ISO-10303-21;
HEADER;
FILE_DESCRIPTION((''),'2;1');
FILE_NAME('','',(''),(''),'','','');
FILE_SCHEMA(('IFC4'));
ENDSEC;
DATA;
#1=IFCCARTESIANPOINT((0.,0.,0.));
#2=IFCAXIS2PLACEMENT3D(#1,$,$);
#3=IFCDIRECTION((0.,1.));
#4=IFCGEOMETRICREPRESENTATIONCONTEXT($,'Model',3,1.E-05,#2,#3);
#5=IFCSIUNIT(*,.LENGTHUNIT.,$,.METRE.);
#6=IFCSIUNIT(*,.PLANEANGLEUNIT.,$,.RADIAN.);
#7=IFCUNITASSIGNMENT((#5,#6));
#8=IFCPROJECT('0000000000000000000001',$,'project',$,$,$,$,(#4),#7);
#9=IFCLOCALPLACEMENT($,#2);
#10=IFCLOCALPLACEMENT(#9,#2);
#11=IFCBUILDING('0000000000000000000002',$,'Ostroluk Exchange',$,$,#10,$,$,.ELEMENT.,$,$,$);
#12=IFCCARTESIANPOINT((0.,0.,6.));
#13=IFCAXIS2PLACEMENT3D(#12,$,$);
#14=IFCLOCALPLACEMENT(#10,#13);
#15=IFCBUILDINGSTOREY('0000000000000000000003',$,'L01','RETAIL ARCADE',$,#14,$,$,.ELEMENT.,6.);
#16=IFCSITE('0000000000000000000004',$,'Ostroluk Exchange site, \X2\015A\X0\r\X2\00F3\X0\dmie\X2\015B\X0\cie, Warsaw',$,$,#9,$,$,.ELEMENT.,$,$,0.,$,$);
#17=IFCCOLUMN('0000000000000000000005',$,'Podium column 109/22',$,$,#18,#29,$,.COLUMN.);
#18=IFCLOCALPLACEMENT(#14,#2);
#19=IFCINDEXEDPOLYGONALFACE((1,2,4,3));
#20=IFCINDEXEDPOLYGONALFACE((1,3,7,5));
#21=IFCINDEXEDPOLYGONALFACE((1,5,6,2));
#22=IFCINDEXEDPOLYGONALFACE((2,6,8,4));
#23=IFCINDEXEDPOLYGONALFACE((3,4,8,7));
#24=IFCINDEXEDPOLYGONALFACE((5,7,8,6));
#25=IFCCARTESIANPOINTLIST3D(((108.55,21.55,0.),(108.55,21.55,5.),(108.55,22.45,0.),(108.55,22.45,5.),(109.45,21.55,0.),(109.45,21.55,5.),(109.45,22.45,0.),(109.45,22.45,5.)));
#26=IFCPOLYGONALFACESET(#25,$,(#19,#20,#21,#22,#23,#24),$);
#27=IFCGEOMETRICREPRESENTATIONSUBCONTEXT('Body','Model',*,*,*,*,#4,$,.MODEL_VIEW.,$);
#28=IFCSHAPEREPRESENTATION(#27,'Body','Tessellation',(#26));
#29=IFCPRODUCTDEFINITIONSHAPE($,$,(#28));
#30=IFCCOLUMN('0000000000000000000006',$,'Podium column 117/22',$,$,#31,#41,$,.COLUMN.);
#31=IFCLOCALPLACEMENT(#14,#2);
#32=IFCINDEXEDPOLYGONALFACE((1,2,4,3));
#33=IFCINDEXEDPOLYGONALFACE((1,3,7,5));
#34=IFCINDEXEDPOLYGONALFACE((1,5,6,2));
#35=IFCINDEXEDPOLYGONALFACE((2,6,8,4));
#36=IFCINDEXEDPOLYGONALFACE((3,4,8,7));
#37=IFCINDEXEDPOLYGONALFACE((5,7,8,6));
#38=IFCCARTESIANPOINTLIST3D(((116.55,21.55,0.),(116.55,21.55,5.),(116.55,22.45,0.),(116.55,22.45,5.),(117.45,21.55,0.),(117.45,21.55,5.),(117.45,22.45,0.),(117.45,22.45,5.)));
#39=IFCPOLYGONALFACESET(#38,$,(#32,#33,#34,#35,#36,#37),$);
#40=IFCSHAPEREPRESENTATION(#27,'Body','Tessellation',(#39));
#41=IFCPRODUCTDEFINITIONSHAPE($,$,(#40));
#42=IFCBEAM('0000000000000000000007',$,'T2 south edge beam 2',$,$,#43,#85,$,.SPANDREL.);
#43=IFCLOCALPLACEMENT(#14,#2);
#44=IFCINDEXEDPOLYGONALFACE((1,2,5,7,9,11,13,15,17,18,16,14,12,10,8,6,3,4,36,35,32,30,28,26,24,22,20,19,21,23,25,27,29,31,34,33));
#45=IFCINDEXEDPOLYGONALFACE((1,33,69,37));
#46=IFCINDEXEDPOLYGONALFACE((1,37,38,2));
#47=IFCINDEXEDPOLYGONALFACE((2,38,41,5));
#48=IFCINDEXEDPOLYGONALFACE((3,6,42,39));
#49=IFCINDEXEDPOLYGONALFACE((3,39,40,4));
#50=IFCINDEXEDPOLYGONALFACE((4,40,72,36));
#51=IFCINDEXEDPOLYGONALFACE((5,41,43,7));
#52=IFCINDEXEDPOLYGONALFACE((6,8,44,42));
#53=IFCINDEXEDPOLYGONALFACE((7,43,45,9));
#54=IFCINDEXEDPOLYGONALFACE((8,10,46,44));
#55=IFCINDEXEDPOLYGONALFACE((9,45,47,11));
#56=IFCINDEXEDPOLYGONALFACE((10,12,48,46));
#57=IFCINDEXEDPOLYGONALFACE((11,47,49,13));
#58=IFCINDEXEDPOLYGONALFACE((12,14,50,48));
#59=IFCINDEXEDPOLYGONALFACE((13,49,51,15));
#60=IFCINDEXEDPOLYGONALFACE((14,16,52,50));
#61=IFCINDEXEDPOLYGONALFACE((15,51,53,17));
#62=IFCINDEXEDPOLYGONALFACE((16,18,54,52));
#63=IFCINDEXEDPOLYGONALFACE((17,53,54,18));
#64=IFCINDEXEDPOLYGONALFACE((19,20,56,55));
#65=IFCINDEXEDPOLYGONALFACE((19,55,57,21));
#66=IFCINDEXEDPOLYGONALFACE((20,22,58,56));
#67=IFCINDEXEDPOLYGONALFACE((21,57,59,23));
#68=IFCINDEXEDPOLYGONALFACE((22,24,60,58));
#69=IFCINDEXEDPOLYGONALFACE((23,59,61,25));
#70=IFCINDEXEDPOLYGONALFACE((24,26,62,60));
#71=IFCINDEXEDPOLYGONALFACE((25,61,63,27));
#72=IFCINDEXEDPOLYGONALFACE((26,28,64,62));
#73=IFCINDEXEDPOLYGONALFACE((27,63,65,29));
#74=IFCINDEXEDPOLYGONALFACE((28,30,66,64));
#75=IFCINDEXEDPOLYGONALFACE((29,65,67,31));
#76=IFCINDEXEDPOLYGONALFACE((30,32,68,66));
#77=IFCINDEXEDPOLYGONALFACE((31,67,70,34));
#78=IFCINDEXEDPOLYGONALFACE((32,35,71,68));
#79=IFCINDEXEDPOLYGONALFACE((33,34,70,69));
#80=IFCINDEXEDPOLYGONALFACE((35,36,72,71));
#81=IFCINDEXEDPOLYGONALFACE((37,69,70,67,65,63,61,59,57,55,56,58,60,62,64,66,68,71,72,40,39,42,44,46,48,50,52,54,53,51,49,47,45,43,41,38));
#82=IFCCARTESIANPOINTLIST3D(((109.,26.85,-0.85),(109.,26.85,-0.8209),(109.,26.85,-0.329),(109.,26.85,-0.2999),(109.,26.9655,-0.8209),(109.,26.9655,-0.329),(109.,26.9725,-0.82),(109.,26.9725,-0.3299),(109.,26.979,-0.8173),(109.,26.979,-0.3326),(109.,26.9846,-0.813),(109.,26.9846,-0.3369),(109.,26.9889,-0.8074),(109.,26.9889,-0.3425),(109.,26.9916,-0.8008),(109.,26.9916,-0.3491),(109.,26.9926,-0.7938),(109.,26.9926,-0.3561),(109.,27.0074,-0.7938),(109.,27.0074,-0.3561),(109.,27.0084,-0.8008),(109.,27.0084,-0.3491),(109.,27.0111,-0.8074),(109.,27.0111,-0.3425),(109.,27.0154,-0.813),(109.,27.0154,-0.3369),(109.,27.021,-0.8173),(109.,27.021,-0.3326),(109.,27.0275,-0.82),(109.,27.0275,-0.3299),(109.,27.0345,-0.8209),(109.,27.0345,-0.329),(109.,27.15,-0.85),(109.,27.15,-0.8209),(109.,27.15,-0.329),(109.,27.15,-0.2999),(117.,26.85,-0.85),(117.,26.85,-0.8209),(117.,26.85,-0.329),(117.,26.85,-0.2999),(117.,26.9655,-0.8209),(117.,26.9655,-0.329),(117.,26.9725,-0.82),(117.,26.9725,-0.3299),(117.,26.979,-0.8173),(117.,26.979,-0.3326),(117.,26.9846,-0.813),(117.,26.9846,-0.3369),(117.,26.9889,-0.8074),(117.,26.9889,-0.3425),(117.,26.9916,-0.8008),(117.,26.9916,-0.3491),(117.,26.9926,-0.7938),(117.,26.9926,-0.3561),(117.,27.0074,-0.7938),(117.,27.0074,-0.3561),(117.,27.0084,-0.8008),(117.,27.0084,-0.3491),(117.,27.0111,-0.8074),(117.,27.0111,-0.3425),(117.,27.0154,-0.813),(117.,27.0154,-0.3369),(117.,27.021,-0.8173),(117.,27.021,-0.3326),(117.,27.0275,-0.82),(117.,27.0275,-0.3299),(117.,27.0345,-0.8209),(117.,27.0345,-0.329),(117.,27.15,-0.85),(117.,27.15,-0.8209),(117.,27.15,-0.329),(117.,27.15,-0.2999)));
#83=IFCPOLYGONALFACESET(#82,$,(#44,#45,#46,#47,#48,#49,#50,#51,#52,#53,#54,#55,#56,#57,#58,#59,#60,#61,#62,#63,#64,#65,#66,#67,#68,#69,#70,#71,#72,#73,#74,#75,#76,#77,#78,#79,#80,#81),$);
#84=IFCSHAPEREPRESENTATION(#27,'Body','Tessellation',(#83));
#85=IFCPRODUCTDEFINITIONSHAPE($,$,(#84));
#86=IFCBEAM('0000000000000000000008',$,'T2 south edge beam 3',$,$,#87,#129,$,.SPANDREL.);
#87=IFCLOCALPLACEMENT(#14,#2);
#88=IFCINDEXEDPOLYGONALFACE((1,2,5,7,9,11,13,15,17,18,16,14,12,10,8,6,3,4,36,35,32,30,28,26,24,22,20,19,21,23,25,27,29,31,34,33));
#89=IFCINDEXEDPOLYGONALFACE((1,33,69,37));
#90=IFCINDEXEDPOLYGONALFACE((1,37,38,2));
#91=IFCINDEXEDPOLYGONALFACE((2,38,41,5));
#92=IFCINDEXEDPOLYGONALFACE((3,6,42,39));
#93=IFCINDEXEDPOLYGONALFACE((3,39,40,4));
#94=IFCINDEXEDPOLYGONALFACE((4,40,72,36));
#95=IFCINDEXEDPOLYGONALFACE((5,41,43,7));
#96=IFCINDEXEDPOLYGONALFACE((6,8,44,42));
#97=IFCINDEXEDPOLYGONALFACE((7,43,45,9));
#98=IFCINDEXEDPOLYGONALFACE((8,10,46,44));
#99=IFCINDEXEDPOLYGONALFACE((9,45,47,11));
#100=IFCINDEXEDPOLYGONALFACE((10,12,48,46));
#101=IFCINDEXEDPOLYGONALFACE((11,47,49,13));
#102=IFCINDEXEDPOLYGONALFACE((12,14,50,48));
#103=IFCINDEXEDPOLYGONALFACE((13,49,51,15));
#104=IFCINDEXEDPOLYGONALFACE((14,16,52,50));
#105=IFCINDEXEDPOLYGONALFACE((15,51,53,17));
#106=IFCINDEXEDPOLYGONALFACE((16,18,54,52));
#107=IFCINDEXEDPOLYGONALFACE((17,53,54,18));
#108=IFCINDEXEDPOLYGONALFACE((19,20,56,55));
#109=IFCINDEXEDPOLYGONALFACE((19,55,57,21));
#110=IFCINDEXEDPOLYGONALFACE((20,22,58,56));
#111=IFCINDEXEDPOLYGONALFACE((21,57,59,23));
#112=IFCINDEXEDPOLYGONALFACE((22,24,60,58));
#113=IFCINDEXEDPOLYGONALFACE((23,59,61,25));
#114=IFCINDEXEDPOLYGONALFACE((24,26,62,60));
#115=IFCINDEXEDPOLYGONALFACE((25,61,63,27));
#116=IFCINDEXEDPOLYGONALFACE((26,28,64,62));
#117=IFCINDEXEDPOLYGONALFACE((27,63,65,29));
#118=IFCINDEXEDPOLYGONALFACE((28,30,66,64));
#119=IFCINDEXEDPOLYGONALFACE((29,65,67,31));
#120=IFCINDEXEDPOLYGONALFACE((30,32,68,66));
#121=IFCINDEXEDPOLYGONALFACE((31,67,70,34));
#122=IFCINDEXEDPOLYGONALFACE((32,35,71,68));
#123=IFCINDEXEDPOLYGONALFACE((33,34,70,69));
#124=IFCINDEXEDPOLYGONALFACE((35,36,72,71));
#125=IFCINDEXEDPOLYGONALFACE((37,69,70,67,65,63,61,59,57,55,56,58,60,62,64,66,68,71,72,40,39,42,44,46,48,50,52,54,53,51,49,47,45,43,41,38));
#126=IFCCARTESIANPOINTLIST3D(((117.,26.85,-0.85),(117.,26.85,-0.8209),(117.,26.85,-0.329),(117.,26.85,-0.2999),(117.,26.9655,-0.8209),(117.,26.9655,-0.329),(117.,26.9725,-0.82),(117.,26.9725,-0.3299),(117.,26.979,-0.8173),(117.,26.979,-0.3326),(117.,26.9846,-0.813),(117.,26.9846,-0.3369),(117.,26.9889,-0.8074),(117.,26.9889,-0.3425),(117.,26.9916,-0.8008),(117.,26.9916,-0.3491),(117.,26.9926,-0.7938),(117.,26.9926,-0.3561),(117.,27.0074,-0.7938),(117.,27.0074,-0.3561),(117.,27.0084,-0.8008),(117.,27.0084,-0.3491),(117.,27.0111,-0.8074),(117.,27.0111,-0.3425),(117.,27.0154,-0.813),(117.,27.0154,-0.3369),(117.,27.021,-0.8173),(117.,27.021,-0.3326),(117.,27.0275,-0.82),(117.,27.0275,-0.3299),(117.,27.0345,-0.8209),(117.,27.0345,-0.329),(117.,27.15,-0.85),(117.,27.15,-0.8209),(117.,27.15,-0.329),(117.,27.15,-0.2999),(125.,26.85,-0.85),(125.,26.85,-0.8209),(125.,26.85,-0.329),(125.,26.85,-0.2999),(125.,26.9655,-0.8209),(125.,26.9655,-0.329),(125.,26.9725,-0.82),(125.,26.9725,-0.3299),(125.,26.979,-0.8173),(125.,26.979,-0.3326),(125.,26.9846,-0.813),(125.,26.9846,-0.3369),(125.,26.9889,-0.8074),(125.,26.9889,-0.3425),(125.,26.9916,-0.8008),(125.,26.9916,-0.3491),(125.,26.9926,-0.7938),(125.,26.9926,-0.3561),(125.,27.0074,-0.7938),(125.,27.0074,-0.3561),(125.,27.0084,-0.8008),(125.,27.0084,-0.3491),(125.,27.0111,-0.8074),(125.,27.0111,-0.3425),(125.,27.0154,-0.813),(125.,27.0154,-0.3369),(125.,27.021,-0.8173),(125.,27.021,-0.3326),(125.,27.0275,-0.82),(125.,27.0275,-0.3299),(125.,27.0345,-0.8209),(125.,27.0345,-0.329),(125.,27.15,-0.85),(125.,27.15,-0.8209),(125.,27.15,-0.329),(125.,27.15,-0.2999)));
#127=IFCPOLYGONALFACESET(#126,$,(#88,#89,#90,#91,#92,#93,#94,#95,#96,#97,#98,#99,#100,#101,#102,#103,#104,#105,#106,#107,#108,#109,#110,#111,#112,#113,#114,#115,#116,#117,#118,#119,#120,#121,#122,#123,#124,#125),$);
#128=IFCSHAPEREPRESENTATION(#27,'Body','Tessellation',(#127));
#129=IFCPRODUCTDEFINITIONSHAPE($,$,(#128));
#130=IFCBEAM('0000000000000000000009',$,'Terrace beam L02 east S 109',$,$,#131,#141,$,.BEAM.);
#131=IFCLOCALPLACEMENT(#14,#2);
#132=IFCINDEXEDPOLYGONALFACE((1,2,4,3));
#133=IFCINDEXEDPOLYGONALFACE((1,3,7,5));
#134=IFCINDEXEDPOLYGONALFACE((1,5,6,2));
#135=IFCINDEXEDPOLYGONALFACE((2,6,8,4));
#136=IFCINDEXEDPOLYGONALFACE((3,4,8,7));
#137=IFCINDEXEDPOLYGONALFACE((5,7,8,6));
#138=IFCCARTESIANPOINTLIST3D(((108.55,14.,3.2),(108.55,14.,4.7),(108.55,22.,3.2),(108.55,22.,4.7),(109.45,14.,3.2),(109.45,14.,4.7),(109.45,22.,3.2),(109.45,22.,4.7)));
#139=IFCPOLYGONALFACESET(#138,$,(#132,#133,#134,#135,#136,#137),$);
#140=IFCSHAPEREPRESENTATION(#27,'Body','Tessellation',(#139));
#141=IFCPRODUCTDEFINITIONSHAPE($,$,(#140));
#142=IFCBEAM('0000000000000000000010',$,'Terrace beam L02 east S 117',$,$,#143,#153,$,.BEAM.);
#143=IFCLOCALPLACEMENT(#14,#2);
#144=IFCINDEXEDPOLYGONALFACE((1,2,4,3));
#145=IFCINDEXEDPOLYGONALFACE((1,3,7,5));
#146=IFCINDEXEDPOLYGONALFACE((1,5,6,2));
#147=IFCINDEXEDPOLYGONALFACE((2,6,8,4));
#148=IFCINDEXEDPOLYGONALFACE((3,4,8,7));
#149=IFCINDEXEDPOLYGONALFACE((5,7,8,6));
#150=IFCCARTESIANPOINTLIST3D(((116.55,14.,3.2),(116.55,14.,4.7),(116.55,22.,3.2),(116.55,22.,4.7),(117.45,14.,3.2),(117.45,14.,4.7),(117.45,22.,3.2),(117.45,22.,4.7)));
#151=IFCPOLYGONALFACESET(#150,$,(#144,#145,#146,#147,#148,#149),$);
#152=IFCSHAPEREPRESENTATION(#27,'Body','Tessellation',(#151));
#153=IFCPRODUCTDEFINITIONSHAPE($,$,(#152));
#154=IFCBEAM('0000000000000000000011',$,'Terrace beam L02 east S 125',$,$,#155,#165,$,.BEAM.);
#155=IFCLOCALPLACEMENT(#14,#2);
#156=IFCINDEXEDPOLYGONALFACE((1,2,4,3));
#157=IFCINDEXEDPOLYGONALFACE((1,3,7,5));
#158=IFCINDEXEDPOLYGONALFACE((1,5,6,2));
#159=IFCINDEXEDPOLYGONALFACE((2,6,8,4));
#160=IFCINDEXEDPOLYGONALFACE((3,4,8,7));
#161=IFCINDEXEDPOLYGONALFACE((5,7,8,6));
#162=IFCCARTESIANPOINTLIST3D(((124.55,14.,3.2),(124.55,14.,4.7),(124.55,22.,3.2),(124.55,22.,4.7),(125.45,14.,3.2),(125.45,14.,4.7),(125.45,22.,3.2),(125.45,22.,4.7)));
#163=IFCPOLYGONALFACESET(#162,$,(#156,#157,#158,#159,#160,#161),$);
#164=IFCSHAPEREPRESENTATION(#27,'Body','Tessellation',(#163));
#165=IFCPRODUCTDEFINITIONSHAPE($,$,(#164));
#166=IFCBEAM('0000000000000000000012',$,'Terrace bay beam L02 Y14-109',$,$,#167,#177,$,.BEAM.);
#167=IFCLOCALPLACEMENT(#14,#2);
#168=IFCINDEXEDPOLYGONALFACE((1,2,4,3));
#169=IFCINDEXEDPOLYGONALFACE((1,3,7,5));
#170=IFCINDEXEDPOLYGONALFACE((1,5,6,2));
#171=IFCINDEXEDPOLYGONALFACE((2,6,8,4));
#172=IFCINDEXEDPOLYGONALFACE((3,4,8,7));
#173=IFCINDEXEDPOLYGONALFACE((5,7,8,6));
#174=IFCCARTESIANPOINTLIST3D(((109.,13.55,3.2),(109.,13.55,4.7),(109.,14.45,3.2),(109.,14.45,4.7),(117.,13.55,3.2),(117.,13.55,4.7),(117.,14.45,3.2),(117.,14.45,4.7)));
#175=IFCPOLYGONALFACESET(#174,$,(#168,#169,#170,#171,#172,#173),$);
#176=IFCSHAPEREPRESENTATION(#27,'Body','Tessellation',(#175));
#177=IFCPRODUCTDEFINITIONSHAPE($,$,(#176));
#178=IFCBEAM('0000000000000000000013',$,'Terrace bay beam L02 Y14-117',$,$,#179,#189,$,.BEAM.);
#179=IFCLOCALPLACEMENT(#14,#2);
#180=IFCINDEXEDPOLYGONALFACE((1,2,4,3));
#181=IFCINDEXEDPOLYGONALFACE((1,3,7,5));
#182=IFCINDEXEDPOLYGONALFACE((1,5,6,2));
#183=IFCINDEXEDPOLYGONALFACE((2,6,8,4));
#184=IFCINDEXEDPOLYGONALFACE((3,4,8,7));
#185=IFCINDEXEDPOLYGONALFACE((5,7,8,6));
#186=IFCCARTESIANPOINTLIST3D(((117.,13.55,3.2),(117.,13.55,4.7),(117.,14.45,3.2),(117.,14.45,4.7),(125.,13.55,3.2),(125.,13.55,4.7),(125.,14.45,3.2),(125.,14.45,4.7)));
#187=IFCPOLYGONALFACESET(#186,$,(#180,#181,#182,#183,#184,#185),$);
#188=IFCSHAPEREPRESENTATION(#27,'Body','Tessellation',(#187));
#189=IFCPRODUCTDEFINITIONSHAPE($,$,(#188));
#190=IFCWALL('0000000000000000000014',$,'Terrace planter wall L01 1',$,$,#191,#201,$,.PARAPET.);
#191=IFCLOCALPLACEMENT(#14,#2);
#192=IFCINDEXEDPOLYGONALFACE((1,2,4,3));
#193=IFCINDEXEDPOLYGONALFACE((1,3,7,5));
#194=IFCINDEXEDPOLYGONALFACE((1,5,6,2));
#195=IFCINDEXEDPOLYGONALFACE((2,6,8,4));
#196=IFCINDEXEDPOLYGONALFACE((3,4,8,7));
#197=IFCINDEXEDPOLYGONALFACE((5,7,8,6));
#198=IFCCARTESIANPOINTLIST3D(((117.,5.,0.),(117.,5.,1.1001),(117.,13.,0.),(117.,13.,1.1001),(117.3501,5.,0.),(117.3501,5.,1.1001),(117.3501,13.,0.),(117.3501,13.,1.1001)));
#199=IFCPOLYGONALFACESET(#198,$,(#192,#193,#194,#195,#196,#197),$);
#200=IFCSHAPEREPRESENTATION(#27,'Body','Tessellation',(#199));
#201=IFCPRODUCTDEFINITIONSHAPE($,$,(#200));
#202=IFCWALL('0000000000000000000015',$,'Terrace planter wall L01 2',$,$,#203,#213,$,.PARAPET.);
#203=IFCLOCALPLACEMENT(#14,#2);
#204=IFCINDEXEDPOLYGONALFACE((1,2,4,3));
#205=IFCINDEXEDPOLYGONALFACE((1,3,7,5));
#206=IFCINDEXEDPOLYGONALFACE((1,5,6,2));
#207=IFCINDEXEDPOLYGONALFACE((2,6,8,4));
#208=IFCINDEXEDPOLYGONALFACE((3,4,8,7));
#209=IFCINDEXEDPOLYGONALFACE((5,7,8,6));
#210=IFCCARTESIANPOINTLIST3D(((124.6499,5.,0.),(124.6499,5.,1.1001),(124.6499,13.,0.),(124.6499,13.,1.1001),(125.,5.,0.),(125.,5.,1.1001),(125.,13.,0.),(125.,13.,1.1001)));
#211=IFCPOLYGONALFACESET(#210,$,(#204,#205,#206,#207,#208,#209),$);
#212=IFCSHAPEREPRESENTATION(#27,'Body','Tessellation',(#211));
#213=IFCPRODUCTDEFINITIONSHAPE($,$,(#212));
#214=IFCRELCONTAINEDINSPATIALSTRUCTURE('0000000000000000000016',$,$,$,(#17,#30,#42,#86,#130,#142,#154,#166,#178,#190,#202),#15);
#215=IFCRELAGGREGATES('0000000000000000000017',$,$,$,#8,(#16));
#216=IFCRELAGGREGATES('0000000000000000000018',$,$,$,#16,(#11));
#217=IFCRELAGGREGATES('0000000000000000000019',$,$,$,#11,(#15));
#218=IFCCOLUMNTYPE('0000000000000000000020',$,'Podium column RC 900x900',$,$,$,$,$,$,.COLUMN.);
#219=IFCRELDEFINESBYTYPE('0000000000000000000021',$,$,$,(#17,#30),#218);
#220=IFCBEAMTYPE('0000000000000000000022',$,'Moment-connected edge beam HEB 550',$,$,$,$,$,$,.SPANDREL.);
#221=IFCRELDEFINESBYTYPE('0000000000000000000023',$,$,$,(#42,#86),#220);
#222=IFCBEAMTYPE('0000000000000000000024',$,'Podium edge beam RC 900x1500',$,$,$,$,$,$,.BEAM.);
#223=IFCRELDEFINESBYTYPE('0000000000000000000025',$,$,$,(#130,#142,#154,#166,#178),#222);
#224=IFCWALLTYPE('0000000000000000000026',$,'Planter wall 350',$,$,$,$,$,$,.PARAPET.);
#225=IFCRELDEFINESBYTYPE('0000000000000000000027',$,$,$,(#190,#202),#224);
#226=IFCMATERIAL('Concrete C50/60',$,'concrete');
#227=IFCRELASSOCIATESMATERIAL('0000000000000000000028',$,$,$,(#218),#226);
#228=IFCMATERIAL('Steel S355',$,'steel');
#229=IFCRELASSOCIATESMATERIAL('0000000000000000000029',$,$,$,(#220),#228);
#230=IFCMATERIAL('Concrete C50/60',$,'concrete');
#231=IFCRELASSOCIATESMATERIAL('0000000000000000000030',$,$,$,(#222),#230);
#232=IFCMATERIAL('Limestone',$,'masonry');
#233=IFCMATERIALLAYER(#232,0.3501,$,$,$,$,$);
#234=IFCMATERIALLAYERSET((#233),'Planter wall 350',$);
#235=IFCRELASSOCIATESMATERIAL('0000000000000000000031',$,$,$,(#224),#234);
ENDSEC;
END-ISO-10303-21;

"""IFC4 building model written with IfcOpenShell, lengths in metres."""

from ifc_helpers import new_model, si_unit, direction, frame, frame_2d, origin, origin_2d, place, context, subcontext, project, spatial, rectangle, i_section, extrude, material, layer, layer_set, material_profile, profile_set, type_object, element, save


model = new_model("IFC4")

# Units and contexts
model_context = context("Model", 3, precision=1e-05, world=origin(), true_north=direction((0.0, 1.0)))
body_context = subcontext(model_context, "Body", "Model", "MODEL_VIEW")
ifc_project = project(units=[si_unit("LENGTHUNIT", "METRE"), si_unit("PLANEANGLEUNIT", "RADIAN")], contexts=[model_context])

# Site, building, storey
site_placement = place(None, origin())
site = spatial("IfcSite", under=ifc_project, at=site_placement, Name="Ostroluk Exchange site, Śródmieście, Warsaw", CompositionType="ELEMENT", RefElevation=0.0)
building_placement = place(site_placement, origin())
building = spatial("IfcBuilding", under=site, at=building_placement, Name="Ostroluk Exchange", CompositionType="ELEMENT")
storey_placement = place(building_placement, frame((0.0, 0.0, 6.0)))
storey = spatial("IfcBuildingStorey", under=building, at=storey_placement, Name="L01", Description="RETAIL ARCADE", CompositionType="ELEMENT", Elevation=6.0)

# Columns
ifc_material_1 = material(Name="Concrete C50/60", Category="concrete")
ifc_material_profile_1 = material_profile(ifc_material_1, rectangle(XDim=0.8999, YDim=0.8999, at=origin_2d()), Name="RC 900x900")
ifc_profile_set_1 = profile_set([ifc_material_profile_1], Name="Concrete C50/60")
column_type_1 = type_object("IfcColumnType", Name="Podium column RC 900x900", PredefinedType="COLUMN", material=ifc_profile_set_1)
for number, where, z_axis, x_axis, name in (
    (1, (109.0, 22.0, 0.0), (0.0, 0.0, 1.0), (1.0, 0.0, 0.0), "Podium column 109/22"),
    (2, (117.0, 22.0, 0.0), (0.0, 0.0, 1.0), (1.0, 0.0, 0.0), "Podium column 117/22"),
):
    element("IfcColumn", number, at=place(storey_placement, frame(where, z_axis=z_axis, x_axis=x_axis)), inside=storey, type_object=column_type_1, Name=name, PredefinedType="COLUMN", context=body_context, shape_type="SweptSolid", body=[
        extrude(rectangle(XDim=0.8999, YDim=0.8999, at=origin_2d()), origin(), (0.0, 0.0, 1.0), 5.0),
    ])

# Beams
ifc_material_2 = material(Name="Steel S355", Category="steel")
ifc_material_profile_2 = material_profile(ifc_material_2, i_section(OverallWidth=0.3, OverallDepth=0.55, WebThickness=0.0149, FlangeThickness=0.0291, FilletRadius=0.0271, at=origin_2d()), Name="HEB 550")
ifc_profile_set_2 = profile_set([ifc_material_profile_2], Name="Steel S355")
beam_type_1 = type_object("IfcBeamType", Name="Moment-connected edge beam HEB 550", PredefinedType="SPANDREL", material=ifc_profile_set_2)
for number, where, z_axis, x_axis, name in (
    (3, (109.0, 27.0, -0.575), (1.0, 0.0, 0.0), (0.0, 1.0, 0.0), "T2 south edge beam 2"),
    (4, (117.0, 27.0, -0.575), (1.0, 0.0, 0.0), (0.0, 1.0, 0.0), "T2 south edge beam 3"),
):
    element("IfcBeam", number, at=place(storey_placement, frame(where, z_axis=z_axis, x_axis=x_axis)), inside=storey, type_object=beam_type_1, Name=name, PredefinedType="SPANDREL", context=body_context, shape_type="SweptSolid", body=[
        extrude(i_section(OverallWidth=0.3, OverallDepth=0.55, WebThickness=0.0149, FlangeThickness=0.0291, FilletRadius=0.0271, at=origin_2d()), origin(), (0.0, 0.0, 1.0), 8.0),
    ])
ifc_material_3 = material(Name="Concrete C50/60", Category="concrete")
ifc_material_profile_3 = material_profile(ifc_material_3, rectangle(XDim=0.8999, YDim=1.5, at=origin_2d()), Name="RC 900x1500")
ifc_profile_set_3 = profile_set([ifc_material_profile_3], Name="Concrete C50/60")
beam_type_2 = type_object("IfcBeamType", Name="Podium edge beam RC 900x1500", PredefinedType="BEAM", material=ifc_profile_set_3)
for number, where, z_axis, x_axis, name in (
    (5, (109.0, 14.0, 3.95), (0.0, 1.0, 0.0), (-1.0, 0.0, 0.0), "Terrace beam L02 east S 109"),
    (6, (117.0, 14.0, 3.95), (0.0, 1.0, 0.0), (-1.0, 0.0, 0.0), "Terrace beam L02 east S 117"),
    (7, (125.0, 14.0, 3.95), (0.0, 1.0, 0.0), (-1.0, 0.0, 0.0), "Terrace beam L02 east S 125"),
    (8, (109.0, 14.0, 3.95), (1.0, 0.0, 0.0), (0.0, 1.0, 0.0), "Terrace bay beam L02 Y14-109"),
    (9, (117.0, 14.0, 3.95), (1.0, 0.0, 0.0), (0.0, 1.0, 0.0), "Terrace bay beam L02 Y14-117"),
):
    element("IfcBeam", number, at=place(storey_placement, frame(where, z_axis=z_axis, x_axis=x_axis)), inside=storey, type_object=beam_type_2, Name=name, PredefinedType="BEAM", context=body_context, shape_type="SweptSolid", body=[
        extrude(rectangle(XDim=0.8999, YDim=1.5, at=origin_2d()), origin(), (0.0, 0.0, 1.0), 8.0),
    ])

# Walls
ifc_material_4 = material(Name="Limestone", Category="masonry")
ifc_layer_1 = layer(ifc_material_4, 0.3501)
ifc_layer_set_1 = layer_set([ifc_layer_1], Name="Planter wall 350")
wall_type_1 = type_object("IfcWallType", Name="Planter wall 350", PredefinedType="PARAPET", material=ifc_layer_set_1)
for number, where, z_axis, x_axis, name in (
    (10, (117.175, 5.0, 0.0), (0.0, 0.0, 1.0), (0.0, 1.0, 0.0), "Terrace planter wall L01 1"),
    (11, (124.825, 5.0, 0.0), (0.0, 0.0, 1.0), (0.0, 1.0, 0.0), "Terrace planter wall L01 2"),
):
    element("IfcWall", number, at=place(storey_placement, frame(where, z_axis=z_axis, x_axis=x_axis)), inside=storey, type_object=wall_type_1, Name=name, PredefinedType="PARAPET", context=body_context, shape_type="SweptSolid", body=[
        extrude(rectangle(XDim=8.0, YDim=0.3501, at=frame_2d((4.0, 0.0))), origin(), (0.0, 0.0, 1.0), 1.1001),
    ])

save(model, "model.ifc")
